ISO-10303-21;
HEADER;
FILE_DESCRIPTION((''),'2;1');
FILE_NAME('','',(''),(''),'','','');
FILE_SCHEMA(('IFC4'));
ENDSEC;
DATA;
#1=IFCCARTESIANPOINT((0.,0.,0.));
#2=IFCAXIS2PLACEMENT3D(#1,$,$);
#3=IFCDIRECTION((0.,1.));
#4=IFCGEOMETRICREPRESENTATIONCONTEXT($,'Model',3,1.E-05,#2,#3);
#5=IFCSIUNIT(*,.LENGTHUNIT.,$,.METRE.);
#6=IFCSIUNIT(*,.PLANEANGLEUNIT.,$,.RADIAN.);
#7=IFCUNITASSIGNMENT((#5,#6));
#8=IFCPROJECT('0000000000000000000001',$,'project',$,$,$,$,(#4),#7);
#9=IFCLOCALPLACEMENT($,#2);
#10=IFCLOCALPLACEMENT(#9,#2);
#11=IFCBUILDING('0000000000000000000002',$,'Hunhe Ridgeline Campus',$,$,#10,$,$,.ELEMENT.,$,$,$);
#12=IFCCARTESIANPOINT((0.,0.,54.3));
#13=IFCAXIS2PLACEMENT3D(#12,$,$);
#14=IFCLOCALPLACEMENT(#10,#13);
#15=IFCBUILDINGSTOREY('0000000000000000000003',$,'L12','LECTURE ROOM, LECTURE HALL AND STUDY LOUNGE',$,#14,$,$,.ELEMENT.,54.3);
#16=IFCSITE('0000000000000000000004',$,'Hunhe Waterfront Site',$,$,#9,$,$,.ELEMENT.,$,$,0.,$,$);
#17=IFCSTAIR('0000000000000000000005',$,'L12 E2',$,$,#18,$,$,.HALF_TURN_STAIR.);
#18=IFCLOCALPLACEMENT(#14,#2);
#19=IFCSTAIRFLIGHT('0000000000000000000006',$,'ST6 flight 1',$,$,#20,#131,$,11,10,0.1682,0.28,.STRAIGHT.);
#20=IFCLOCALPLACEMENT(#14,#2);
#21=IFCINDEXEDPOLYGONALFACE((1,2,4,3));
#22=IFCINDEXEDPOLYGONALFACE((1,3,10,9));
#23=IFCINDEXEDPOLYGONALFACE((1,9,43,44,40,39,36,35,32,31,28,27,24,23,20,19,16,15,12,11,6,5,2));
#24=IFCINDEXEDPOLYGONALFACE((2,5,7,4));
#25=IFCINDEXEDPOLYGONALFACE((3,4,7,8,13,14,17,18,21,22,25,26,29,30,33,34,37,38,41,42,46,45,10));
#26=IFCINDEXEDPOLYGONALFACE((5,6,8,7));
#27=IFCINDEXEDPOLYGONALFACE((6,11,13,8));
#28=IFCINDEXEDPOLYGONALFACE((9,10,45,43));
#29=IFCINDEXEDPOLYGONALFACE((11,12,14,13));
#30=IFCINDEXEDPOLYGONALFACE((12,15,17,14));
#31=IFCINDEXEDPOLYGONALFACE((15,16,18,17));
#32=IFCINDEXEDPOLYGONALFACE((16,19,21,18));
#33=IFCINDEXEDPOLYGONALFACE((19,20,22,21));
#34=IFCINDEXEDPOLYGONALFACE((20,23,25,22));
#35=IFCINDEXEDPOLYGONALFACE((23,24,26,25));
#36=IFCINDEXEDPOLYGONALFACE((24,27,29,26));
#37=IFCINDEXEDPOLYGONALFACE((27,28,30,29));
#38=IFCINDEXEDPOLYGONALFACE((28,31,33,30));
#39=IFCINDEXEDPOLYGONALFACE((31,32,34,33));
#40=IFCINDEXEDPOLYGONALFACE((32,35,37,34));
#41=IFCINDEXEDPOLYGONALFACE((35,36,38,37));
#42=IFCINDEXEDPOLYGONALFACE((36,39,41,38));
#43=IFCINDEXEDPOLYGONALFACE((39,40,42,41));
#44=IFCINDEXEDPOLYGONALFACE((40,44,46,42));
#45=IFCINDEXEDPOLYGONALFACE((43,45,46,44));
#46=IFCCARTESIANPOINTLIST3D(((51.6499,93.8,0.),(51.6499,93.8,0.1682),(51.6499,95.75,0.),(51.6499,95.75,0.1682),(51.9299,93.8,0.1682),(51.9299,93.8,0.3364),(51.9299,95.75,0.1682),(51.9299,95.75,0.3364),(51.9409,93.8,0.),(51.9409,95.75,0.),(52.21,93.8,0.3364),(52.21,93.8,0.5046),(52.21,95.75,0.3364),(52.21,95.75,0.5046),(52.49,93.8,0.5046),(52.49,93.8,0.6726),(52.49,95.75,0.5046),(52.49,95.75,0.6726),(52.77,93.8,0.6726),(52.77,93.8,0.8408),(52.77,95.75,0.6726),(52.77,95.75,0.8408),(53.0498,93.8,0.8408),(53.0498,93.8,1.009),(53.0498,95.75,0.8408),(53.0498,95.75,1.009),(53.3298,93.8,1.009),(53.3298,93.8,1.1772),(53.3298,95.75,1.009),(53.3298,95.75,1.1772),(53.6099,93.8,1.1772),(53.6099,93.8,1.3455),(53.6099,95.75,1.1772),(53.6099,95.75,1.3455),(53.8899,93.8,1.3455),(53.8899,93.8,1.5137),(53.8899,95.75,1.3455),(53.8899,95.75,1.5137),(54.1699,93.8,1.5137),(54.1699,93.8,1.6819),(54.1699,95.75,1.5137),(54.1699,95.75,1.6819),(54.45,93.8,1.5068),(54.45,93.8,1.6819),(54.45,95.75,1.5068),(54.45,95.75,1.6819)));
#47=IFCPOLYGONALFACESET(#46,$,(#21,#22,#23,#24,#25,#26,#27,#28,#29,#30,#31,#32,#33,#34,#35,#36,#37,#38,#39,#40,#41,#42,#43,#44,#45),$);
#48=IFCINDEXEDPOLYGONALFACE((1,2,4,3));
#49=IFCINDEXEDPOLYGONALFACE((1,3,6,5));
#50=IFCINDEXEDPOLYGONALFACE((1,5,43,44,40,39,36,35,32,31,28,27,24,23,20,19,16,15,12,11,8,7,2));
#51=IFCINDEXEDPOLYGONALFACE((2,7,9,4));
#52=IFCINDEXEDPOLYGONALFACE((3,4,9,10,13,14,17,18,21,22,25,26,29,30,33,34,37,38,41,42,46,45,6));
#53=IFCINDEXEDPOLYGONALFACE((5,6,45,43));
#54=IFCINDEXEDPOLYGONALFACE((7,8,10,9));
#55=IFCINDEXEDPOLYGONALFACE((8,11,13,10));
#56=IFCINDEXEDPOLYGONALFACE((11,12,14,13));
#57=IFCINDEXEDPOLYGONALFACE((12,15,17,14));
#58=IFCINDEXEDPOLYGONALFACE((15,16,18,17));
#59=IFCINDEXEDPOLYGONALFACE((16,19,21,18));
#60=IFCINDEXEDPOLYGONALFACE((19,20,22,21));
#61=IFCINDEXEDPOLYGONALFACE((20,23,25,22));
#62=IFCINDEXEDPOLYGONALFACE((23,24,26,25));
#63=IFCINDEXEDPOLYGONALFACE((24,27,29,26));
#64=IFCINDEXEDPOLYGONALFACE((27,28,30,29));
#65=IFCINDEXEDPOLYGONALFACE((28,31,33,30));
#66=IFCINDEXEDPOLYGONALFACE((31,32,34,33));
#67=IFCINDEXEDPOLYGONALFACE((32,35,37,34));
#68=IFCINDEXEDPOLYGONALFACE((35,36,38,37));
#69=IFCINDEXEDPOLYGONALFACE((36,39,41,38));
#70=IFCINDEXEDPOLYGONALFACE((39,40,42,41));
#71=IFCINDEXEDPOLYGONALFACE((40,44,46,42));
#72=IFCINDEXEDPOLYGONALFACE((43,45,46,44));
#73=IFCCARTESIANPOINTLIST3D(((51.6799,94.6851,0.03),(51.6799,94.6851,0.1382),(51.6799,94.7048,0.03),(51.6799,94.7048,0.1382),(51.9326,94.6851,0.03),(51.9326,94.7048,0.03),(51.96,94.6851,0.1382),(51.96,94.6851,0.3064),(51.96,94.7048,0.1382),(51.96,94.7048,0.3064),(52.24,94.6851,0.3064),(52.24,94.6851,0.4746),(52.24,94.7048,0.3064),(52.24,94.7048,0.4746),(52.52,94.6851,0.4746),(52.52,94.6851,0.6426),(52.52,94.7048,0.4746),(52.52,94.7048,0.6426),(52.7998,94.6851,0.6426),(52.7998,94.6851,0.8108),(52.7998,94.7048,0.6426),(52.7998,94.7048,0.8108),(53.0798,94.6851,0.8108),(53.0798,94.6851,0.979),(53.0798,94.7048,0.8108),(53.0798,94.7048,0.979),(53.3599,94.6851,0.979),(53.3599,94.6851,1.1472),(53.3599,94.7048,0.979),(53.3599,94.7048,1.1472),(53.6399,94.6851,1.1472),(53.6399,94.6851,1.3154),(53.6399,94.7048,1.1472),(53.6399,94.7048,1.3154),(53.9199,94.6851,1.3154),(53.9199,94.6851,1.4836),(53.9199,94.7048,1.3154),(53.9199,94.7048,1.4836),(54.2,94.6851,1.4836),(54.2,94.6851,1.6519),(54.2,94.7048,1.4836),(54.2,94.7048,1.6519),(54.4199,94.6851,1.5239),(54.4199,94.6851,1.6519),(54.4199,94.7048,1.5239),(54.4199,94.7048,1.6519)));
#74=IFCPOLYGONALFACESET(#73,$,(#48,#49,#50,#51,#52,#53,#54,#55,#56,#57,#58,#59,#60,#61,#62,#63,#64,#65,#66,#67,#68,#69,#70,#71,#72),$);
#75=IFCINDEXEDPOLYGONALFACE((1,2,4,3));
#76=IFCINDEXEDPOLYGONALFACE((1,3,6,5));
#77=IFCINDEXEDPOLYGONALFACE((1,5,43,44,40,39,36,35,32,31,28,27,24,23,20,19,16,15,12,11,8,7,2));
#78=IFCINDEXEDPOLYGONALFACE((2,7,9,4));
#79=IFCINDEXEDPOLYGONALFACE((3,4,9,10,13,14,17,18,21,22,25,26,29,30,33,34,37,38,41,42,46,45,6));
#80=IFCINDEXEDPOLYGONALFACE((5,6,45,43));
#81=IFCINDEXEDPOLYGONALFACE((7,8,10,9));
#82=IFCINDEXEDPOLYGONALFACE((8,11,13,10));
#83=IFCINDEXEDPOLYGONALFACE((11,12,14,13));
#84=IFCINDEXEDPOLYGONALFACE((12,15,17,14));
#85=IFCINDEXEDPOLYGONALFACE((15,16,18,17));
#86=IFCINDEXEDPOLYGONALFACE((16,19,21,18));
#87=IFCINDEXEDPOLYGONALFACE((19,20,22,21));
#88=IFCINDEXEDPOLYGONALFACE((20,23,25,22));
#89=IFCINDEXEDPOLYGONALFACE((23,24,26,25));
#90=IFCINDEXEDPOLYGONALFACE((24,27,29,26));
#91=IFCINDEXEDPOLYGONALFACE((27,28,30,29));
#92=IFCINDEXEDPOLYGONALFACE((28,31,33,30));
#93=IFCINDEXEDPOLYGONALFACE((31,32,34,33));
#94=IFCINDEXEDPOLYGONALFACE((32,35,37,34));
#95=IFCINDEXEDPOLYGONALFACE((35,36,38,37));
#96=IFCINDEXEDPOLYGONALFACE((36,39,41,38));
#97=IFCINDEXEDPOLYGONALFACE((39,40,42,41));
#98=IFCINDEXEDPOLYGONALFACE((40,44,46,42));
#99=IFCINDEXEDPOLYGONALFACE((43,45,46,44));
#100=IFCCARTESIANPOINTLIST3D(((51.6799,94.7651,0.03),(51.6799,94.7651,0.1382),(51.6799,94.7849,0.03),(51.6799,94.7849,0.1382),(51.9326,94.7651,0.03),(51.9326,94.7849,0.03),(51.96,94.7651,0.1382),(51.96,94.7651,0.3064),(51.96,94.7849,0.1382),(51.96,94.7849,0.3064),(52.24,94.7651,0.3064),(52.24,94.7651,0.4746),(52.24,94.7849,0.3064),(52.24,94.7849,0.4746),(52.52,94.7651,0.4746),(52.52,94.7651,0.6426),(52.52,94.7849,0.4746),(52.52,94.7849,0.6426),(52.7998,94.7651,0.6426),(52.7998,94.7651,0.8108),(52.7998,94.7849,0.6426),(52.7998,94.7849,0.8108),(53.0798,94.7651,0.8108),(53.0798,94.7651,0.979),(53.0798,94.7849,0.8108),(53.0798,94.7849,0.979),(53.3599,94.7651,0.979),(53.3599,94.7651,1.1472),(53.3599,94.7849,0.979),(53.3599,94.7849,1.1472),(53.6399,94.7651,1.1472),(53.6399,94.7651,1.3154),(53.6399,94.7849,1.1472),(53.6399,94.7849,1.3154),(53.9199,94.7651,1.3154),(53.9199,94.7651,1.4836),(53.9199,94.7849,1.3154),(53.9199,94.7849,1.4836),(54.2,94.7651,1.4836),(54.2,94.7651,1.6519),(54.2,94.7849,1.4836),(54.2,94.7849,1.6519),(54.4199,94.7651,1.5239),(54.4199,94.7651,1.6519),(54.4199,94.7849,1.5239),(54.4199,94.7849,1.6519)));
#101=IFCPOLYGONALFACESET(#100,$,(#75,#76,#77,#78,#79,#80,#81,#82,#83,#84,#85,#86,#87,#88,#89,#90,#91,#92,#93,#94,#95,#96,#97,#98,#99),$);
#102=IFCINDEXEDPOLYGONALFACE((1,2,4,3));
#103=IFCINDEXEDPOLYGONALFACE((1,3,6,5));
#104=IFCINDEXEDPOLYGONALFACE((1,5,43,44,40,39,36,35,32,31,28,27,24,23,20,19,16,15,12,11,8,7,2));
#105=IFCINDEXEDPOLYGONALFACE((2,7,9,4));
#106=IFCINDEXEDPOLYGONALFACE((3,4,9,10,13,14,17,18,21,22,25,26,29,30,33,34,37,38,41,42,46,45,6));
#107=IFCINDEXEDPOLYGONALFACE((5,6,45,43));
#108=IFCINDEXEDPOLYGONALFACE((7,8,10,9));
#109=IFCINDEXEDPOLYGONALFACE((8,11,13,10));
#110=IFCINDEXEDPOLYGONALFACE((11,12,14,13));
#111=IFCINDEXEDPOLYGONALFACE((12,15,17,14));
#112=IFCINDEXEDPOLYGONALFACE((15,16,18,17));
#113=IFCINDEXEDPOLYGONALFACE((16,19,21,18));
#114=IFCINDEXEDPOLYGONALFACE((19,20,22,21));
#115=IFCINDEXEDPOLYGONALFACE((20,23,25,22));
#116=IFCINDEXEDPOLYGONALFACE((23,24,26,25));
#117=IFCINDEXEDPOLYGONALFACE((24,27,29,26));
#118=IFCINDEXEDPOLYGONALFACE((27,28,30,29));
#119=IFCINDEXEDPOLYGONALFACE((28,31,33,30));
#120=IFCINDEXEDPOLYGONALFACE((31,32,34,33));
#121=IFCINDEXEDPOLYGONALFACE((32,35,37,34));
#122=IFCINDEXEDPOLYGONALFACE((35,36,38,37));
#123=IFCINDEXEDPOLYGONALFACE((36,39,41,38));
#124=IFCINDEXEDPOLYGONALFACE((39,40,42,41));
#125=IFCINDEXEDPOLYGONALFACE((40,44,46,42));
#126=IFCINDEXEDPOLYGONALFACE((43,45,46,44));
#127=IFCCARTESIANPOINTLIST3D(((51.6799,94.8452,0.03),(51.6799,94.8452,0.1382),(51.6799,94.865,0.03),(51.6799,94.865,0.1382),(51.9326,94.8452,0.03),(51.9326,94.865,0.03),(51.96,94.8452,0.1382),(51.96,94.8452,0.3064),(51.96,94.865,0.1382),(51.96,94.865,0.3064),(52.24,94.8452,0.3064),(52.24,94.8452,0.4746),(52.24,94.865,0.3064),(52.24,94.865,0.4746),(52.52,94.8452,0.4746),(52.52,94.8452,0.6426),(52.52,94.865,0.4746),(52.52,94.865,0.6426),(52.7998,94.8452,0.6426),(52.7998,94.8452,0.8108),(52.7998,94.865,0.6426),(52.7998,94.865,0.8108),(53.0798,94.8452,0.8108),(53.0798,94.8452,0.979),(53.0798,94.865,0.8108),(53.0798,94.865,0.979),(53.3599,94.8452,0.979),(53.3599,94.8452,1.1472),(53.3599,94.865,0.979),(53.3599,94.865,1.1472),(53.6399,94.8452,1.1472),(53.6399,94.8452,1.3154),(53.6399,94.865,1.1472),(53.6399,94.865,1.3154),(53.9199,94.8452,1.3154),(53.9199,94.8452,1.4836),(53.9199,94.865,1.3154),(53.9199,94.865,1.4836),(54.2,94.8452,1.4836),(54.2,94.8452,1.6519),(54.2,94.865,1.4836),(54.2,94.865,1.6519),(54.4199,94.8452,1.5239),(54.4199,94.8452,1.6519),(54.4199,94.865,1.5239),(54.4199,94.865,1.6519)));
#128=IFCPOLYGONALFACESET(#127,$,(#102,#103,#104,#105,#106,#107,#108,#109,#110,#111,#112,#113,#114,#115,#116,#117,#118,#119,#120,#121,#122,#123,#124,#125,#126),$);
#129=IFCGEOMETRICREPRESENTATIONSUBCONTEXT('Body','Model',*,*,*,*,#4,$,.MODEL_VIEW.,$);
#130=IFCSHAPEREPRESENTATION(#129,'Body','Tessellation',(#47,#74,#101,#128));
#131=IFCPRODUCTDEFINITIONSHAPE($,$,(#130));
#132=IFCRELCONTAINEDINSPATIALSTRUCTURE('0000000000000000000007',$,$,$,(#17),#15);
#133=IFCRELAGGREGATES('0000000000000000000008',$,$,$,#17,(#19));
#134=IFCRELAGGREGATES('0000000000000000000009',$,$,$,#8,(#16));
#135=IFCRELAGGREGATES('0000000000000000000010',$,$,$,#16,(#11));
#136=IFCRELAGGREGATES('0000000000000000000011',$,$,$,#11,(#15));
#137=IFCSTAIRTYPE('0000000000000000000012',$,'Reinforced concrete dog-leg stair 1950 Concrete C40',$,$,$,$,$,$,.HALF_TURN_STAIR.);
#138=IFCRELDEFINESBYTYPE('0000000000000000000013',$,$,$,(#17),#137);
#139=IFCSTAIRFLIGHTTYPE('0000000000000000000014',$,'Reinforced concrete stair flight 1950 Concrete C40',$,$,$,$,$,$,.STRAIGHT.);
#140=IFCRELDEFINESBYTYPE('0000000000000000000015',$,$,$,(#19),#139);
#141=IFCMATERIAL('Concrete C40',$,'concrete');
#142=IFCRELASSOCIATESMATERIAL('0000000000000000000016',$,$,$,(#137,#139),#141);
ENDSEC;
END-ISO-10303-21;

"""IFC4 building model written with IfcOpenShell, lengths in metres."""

from ifc_helpers import new_model, si_unit, direction, frame, origin, place, context, subcontext, project, spatial, polyline, outline, extrude, material, type_object, element, aggregate, save


model = new_model("IFC4")

# Units and contexts
model_context = context("Model", 3, precision=1e-05, world=origin(), true_north=direction((0.0, 1.0)))
body_context = subcontext(model_context, "Body", "Model", "MODEL_VIEW")
ifc_project = project(units=[si_unit("LENGTHUNIT", "METRE"), si_unit("PLANEANGLEUNIT", "RADIAN")], contexts=[model_context])

# Site, building, storey
site_placement = place(None, origin())
site = spatial("IfcSite", under=ifc_project, at=site_placement, Name="Hunhe Waterfront Site", CompositionType="ELEMENT", RefElevation=0.0)
building_placement = place(site_placement, origin())
building = spatial("IfcBuilding", under=site, at=building_placement, Name="Hunhe Ridgeline Campus", CompositionType="ELEMENT")
storey_placement = place(building_placement, frame((0.0, 0.0, 54.3)))
storey = spatial("IfcBuildingStorey", under=building, at=storey_placement, Name="L12", Description="LECTURE ROOM, LECTURE HALL AND STUDY LOUNGE", CompositionType="ELEMENT", Elevation=54.3)

# Shared definitions
ifc_material_1 = material(Name="Concrete C40", Category="concrete")
stair_type = type_object("IfcStairType", Name="Reinforced concrete dog-leg stair 1950 Concrete C40", PredefinedType="HALF_TURN_STAIR", material=ifc_material_1)
stair_flight_type = type_object("IfcStairFlightType", Name="Reinforced concrete stair flight 1950 Concrete C40", PredefinedType="STRAIGHT", material=ifc_material_1)

# Stair, stair flight
stair_1_placement = place(storey_placement, origin())
stair_1 = element("IfcStair", 1, at=stair_1_placement, inside=storey, type_object=stair_type, Name="L12 E2", PredefinedType="HALF_TURN_STAIR")
stair_flight_1_placement = place(storey_placement, frame((51.6499, 94.7749, 0.0), z_axis=(0.0, 0.0, 1.0), x_axis=(1.0, 0.0, 0.0)))
stair_flight_1 = element("IfcStairFlight", 2, at=stair_flight_1_placement, type_object=stair_flight_type, Name="ST6 flight 1", NumberOfRisers=11, NumberOfTreads=10, PredefinedType="STRAIGHT", RiserHeight=0.1682, TreadLength=0.28, context=body_context, shape_type="SweptSolid", body=[
    extrude(outline(polyline([(0.0, 0.0), (0.0, 0.1682), (0.28, 0.1682), (0.28, 0.3364), (0.5601, 0.3364), (0.5601, 0.5046), (0.8401, 0.5046), (0.8401, 0.6726), (1.1201, 0.6726), (1.1201, 0.8408), (1.3999, 0.8408), (1.3999, 1.009), (1.6799, 1.009), (1.6799, 1.1772), (1.96, 1.1772), (1.96, 1.3455), (2.24, 1.3455), (2.24, 1.5137), (2.52, 1.5137), (2.52, 1.6819), (2.8, 1.6819), (2.8, 1.8501), (2.8, 1.5068), (0.291, 0.0), (0.0, 0.0)])), frame((0.0, 0.9751, 0.0), z_axis=(0.0, -1.0, 0.0), x_axis=(1.0, 0.0, 0.0)), (0.0, 0.0, 1.0), 1.95),
    extrude(outline(polyline([(0.03, 0.03), (0.03, 0.1382), (0.3101, 0.1382), (0.3101, 0.3064), (0.5901, 0.3064), (0.5901, 0.4746), (0.8701, 0.4746), (0.8701, 0.6426), (1.1499, 0.6426), (1.1499, 0.8108), (1.4299, 0.8108), (1.4299, 0.979), (1.71, 0.979), (1.71, 1.1472), (1.99, 1.1472), (1.99, 1.3154), (2.27, 1.3154), (2.27, 1.4836), (2.55, 1.4836), (2.55, 1.6519), (2.77, 1.6519), (2.77, 1.5239), (0.2827, 0.03), (0.03, 0.03)])), frame((0.0, -0.0701, 0.0), z_axis=(0.0, -1.0, 0.0), x_axis=(1.0, 0.0, 0.0)), (0.0, 0.0, 1.0), 0.0198),
    extrude(outline(polyline([(0.03, 0.03), (0.03, 0.1382), (0.3101, 0.1382), (0.3101, 0.3064), (0.5901, 0.3064), (0.5901, 0.4746), (0.8701, 0.4746), (0.8701, 0.6426), (1.1499, 0.6426), (1.1499, 0.8108), (1.4299, 0.8108), (1.4299, 0.979), (1.71, 0.979), (1.71, 1.1472), (1.99, 1.1472), (1.99, 1.3154), (2.27, 1.3154), (2.27, 1.4836), (2.55, 1.4836), (2.55, 1.6519), (2.77, 1.6519), (2.77, 1.5239), (0.2827, 0.03), (0.03, 0.03)])), frame((0.0, 0.01, 0.0), z_axis=(0.0, -1.0, 0.0), x_axis=(1.0, 0.0, 0.0)), (0.0, 0.0, 1.0), 0.0198),
    extrude(outline(polyline([(0.03, 0.03), (0.03, 0.1382), (0.3101, 0.1382), (0.3101, 0.3064), (0.5901, 0.3064), (0.5901, 0.4746), (0.8701, 0.4746), (0.8701, 0.6426), (1.1499, 0.6426), (1.1499, 0.8108), (1.4299, 0.8108), (1.4299, 0.979), (1.71, 0.979), (1.71, 1.1472), (1.99, 1.1472), (1.99, 1.3154), (2.27, 1.3154), (2.27, 1.4836), (2.55, 1.4836), (2.55, 1.6519), (2.77, 1.6519), (2.77, 1.5239), (0.2827, 0.03), (0.03, 0.03)])), frame((0.0, 0.0901, 0.0), z_axis=(0.0, -1.0, 0.0), x_axis=(1.0, 0.0, 0.0)), (0.0, 0.0, 1.0), 0.0198),
])
aggregate(stair_1, [stair_flight_1])

save(model, "model.ifc")
